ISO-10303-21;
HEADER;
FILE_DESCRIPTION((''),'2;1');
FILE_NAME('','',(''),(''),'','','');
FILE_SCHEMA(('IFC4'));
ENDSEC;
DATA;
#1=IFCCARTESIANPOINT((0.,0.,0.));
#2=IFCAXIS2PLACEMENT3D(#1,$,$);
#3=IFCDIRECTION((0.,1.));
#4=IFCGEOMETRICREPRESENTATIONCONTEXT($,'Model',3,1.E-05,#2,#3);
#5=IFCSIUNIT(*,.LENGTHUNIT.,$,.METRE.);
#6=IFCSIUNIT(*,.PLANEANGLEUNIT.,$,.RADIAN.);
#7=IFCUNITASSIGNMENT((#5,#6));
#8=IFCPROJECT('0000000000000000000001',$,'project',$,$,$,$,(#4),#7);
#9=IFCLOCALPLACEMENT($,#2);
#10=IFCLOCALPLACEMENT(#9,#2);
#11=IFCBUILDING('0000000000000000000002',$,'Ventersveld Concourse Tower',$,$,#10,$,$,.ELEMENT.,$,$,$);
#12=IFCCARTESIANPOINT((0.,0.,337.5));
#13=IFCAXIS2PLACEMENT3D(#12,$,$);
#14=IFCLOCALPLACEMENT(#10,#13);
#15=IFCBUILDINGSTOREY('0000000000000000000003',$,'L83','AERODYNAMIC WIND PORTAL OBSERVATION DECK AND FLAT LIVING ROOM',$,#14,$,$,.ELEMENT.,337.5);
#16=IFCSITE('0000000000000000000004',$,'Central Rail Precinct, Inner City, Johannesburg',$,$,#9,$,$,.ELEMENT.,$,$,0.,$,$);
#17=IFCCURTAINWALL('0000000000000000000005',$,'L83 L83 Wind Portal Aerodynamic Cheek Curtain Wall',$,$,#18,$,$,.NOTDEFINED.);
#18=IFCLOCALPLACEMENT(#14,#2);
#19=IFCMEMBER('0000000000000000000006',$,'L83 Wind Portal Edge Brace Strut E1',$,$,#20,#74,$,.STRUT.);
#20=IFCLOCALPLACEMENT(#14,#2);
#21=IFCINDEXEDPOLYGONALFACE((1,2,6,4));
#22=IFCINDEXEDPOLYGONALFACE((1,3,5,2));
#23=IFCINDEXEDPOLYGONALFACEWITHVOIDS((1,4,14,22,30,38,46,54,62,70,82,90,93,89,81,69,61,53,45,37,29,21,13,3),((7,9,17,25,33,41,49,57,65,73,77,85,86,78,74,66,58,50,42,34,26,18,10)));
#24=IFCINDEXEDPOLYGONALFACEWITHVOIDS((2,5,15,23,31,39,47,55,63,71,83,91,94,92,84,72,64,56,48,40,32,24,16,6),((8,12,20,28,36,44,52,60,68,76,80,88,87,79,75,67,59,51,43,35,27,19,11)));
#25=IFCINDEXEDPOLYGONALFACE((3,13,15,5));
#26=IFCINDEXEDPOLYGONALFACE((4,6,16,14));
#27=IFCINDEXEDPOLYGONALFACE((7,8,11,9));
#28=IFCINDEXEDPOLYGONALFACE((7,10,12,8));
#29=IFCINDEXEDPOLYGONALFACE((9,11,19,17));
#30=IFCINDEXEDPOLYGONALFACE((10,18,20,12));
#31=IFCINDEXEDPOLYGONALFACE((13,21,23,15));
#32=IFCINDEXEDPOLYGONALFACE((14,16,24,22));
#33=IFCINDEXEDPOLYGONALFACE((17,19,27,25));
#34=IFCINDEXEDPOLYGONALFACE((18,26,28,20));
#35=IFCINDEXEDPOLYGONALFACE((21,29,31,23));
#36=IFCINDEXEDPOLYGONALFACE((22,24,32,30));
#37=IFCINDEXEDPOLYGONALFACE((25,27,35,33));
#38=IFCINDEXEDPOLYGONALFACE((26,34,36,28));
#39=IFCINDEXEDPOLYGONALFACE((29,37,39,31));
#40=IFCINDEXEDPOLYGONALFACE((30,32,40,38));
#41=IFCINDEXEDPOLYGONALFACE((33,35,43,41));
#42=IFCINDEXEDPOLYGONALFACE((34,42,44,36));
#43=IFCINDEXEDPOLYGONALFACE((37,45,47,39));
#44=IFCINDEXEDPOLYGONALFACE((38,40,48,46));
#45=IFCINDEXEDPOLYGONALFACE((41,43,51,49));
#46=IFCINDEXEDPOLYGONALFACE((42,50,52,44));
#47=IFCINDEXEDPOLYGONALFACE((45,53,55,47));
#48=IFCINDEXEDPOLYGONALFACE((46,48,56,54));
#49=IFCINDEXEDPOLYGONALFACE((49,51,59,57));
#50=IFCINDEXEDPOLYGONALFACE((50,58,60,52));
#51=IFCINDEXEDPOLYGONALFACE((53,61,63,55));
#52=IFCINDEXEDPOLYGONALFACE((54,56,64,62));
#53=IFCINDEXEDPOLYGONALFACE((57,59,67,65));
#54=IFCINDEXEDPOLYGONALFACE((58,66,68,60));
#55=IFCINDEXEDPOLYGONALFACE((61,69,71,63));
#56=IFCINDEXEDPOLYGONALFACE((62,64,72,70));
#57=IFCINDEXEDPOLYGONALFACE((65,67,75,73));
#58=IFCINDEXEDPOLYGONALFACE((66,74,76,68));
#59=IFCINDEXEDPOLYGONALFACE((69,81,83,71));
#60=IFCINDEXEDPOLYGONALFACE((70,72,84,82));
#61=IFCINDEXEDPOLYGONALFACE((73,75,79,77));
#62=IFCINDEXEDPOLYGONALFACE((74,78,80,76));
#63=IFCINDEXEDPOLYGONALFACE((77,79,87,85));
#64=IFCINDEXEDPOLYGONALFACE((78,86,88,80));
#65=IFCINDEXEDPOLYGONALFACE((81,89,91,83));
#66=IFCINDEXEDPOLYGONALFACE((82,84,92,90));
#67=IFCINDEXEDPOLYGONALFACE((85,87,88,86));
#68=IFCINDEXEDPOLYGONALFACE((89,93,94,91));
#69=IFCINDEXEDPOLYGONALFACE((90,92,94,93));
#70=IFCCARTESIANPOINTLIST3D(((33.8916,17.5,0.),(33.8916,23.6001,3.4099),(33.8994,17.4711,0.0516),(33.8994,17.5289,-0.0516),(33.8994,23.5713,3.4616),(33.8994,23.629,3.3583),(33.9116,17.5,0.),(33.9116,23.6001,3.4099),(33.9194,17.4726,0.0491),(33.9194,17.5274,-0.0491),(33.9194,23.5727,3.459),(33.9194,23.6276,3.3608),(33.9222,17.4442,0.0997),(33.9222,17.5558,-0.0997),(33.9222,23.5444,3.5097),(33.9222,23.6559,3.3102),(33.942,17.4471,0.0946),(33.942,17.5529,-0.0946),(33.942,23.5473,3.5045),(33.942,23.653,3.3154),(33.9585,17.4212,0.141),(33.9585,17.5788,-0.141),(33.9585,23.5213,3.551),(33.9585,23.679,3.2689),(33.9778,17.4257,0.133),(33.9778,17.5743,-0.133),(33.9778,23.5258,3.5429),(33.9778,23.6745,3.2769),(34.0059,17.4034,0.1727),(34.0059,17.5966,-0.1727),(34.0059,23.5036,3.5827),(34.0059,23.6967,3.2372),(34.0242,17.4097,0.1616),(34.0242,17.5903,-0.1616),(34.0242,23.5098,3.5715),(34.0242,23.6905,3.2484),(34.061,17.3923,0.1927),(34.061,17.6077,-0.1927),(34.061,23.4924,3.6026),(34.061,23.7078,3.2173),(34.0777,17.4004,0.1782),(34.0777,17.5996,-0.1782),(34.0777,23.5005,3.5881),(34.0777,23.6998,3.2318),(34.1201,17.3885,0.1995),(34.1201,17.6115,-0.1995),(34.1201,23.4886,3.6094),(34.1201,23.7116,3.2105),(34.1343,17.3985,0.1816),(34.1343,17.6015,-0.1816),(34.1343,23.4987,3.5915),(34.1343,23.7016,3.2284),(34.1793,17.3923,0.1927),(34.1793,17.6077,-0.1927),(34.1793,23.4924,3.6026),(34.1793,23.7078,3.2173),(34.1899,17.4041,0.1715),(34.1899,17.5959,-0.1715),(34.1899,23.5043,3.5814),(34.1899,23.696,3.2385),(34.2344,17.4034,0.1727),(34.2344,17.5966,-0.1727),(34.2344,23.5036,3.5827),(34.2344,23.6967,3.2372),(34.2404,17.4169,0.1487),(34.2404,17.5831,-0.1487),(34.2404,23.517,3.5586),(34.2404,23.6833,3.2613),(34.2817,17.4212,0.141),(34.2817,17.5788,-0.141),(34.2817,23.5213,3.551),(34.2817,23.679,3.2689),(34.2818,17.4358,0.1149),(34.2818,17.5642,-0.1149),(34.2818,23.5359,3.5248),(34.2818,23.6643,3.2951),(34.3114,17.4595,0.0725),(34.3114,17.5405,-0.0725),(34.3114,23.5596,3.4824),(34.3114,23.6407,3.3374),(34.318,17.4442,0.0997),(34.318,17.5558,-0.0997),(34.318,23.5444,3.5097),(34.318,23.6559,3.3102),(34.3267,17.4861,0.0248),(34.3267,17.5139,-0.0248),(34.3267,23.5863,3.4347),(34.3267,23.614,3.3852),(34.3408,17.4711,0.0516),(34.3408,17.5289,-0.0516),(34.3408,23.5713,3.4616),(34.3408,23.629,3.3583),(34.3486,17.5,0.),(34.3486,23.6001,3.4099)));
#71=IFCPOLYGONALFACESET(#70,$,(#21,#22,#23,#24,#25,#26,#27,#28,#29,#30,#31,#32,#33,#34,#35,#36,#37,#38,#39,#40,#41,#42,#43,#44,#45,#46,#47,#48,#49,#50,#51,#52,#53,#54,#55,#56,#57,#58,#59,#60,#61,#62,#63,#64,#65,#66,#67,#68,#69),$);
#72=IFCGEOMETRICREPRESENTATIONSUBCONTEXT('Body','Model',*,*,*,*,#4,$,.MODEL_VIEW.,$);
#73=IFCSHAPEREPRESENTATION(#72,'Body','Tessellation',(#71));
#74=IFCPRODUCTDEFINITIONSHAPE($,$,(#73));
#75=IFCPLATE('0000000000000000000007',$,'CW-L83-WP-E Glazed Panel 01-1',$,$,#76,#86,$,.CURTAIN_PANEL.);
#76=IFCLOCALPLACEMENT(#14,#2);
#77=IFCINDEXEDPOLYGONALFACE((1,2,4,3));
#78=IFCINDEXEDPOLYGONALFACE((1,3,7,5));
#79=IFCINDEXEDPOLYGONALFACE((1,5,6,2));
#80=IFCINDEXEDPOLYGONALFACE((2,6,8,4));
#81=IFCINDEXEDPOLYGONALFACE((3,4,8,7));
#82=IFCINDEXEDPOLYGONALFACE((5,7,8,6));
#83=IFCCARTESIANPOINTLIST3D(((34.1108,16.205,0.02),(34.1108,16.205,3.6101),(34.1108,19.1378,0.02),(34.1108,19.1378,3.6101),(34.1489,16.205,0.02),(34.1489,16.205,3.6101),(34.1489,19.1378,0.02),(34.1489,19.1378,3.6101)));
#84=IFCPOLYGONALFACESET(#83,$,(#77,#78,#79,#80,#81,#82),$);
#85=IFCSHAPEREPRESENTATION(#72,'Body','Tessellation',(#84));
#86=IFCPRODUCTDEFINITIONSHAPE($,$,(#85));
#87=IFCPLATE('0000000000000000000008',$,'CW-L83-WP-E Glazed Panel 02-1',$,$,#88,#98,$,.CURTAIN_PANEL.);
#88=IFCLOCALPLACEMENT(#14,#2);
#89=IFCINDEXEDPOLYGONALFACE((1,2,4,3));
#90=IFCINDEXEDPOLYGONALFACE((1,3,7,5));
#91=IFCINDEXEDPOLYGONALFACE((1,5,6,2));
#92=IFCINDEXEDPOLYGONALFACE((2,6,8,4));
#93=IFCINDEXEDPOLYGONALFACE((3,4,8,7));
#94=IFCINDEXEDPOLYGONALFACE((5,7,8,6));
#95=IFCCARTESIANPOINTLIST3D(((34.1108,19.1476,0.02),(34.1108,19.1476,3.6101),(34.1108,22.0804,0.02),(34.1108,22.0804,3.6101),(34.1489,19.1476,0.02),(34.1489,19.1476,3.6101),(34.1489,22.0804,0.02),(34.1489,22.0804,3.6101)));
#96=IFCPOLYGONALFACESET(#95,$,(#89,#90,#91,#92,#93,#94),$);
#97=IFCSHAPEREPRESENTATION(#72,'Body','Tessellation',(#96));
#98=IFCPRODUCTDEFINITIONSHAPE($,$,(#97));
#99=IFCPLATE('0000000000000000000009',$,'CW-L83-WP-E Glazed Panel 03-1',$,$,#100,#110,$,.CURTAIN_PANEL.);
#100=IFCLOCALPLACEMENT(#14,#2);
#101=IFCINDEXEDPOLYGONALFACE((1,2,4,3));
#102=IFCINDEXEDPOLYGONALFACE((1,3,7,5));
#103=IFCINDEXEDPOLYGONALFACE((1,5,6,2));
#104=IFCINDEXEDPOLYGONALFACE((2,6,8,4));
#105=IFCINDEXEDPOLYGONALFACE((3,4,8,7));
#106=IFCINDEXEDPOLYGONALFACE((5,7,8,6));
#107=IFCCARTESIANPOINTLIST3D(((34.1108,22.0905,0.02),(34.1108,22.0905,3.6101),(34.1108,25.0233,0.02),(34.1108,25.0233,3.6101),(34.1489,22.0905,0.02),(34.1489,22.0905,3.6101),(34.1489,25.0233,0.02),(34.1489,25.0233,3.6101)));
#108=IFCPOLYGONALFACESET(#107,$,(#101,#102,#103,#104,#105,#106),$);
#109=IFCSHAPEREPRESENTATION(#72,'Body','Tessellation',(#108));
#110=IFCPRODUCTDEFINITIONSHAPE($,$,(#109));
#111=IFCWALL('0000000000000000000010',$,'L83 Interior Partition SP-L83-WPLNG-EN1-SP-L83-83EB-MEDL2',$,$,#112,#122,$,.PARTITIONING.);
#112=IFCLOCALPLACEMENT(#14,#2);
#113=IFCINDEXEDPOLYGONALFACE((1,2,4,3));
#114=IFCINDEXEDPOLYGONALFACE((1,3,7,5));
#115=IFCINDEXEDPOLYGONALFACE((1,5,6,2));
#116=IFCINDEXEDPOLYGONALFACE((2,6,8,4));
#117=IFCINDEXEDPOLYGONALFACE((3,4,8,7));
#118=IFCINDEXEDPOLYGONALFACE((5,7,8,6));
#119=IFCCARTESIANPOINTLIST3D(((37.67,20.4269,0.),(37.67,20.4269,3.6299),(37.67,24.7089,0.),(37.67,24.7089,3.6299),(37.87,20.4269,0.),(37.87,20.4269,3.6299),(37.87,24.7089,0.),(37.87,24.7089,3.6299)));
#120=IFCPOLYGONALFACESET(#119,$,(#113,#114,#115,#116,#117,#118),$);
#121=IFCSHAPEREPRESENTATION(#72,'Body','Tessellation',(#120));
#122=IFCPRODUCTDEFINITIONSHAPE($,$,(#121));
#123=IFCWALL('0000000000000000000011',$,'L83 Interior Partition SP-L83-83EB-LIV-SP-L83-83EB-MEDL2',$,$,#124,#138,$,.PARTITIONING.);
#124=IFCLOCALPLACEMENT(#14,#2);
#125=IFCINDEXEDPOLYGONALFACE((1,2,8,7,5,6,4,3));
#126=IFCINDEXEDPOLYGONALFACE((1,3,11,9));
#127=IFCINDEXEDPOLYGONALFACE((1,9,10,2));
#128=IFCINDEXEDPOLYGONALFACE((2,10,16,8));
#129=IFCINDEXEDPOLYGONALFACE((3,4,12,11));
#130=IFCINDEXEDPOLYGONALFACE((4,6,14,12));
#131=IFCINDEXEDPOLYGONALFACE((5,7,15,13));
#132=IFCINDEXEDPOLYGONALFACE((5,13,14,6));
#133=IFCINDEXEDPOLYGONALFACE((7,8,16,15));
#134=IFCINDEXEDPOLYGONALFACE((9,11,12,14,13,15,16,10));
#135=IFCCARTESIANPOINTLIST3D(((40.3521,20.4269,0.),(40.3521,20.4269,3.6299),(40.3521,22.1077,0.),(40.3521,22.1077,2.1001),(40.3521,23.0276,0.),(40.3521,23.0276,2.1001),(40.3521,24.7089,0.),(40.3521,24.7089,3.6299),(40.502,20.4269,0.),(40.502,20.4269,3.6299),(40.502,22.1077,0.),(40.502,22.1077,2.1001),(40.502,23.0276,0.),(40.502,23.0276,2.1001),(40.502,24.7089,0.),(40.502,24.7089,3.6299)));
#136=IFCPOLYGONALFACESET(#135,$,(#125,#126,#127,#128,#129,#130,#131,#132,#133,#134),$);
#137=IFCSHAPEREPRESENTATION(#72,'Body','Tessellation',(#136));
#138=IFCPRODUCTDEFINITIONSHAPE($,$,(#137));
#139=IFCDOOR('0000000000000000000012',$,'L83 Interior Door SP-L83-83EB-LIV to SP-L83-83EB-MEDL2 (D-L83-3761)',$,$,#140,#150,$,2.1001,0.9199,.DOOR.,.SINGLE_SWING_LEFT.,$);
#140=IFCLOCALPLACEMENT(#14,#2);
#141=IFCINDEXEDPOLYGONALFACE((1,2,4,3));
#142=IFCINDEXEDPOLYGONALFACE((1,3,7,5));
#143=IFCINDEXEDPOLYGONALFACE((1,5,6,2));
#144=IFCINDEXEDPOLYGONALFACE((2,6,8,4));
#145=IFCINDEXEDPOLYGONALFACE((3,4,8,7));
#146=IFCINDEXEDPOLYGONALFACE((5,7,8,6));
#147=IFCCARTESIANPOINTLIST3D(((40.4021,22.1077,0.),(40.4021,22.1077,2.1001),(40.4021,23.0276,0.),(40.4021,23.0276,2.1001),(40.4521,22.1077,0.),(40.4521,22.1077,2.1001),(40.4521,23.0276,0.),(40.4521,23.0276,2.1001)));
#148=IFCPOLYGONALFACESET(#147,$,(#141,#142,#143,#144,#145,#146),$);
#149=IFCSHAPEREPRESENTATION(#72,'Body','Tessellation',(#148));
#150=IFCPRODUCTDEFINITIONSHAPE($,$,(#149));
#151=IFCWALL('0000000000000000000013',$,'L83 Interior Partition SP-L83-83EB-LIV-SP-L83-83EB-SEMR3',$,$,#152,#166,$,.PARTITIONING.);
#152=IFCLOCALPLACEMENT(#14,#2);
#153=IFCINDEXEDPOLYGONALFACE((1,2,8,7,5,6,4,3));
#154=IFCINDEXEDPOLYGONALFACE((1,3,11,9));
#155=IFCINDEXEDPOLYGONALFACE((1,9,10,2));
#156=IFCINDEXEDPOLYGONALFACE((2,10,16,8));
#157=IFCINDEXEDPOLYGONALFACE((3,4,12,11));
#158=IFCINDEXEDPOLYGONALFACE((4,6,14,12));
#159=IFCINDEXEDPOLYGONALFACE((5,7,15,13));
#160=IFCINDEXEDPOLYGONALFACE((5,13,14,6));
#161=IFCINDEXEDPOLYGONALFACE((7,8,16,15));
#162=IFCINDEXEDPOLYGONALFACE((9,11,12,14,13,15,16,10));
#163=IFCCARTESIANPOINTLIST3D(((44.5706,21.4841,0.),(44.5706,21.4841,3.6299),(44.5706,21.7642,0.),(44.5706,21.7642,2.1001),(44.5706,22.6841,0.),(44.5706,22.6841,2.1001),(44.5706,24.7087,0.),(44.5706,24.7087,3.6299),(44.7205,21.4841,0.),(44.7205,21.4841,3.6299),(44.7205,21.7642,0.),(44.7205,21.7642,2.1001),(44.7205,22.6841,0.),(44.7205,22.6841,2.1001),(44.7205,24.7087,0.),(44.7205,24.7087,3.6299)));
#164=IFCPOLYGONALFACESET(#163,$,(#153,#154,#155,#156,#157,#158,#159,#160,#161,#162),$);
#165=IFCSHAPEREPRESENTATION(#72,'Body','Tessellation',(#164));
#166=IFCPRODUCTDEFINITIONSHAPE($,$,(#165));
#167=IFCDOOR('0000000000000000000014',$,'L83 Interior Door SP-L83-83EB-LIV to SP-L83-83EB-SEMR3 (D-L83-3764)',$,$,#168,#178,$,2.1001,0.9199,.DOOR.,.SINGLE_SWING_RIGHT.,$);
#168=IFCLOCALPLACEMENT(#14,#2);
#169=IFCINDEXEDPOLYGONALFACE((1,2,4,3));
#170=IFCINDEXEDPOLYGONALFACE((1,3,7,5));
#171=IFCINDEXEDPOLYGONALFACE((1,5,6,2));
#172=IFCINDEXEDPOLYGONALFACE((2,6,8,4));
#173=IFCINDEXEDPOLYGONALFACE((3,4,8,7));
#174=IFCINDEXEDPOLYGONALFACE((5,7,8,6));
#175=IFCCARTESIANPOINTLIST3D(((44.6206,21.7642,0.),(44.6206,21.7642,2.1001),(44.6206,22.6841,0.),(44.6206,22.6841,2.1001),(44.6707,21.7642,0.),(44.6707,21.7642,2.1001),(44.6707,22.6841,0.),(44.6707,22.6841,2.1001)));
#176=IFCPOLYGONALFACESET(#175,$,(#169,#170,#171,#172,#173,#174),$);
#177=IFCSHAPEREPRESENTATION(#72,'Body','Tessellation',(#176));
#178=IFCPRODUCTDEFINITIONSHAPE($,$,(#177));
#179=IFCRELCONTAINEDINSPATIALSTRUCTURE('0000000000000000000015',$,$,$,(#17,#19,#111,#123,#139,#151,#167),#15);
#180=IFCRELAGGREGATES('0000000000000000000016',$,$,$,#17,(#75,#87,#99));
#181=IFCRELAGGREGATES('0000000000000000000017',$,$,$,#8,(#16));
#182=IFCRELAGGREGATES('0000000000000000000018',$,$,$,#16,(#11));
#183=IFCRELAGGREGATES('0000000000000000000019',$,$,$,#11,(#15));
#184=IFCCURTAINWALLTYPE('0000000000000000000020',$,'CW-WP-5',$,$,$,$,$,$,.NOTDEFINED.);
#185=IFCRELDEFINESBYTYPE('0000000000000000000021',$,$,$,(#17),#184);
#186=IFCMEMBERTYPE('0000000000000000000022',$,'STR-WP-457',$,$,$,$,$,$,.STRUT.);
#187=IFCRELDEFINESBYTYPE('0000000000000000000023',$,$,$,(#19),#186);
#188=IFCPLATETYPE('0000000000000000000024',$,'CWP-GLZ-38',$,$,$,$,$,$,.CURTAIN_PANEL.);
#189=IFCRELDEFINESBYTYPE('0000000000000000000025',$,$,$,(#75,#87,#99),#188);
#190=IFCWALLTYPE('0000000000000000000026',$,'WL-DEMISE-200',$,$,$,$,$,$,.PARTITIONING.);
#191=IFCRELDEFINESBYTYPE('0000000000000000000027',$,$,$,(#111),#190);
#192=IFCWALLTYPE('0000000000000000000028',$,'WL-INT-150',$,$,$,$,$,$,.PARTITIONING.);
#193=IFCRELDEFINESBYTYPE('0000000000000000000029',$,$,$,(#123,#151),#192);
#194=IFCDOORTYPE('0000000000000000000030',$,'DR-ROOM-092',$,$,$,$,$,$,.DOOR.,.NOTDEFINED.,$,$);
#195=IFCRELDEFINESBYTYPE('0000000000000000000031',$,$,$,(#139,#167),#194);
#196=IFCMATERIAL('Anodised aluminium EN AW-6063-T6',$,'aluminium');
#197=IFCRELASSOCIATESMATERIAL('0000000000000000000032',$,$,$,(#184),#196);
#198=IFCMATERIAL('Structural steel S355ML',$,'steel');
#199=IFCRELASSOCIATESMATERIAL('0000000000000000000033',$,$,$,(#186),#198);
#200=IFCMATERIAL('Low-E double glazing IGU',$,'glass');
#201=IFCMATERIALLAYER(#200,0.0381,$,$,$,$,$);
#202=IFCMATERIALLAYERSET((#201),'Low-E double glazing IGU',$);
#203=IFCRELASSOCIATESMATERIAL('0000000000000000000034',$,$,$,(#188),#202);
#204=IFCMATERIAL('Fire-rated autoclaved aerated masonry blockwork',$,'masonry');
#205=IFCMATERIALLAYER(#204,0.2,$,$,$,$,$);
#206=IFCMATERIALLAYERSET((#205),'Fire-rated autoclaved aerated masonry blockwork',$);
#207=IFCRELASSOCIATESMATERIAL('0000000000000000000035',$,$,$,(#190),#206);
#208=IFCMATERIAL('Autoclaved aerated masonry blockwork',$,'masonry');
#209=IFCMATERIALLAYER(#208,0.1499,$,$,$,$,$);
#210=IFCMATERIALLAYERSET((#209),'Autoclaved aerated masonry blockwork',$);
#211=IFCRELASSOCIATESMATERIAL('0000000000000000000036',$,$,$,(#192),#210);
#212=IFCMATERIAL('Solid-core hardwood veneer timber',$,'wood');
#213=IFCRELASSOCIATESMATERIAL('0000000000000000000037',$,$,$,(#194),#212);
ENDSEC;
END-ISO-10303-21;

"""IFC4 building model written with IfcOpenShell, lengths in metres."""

from ifc_helpers import new_model, si_unit, direction, frame, frame_2d, origin, origin_2d, place, context, subcontext, project, spatial, rectangle, hollow_circle, extrude, material, layer, layer_set, material_profile, profile_set, type_object, element, fill, aggregate, save


model = new_model("IFC4")

# Units and contexts
model_context = context("Model", 3, precision=1e-05, world=origin(), true_north=direction((0.0, 1.0)))
body_context = subcontext(model_context, "Body", "Model", "MODEL_VIEW")
ifc_project = project(units=[si_unit("LENGTHUNIT", "METRE"), si_unit("PLANEANGLEUNIT", "RADIAN")], contexts=[model_context])

# Site, building, storey
site_placement = place(None, origin())
site = spatial("IfcSite", under=ifc_project, at=site_placement, Name="Central Rail Precinct, Inner City, Johannesburg", CompositionType="ELEMENT", RefElevation=0.0)
building_placement = place(site_placement, origin())
building = spatial("IfcBuilding", under=site, at=building_placement, Name="Ventersveld Concourse Tower", CompositionType="ELEMENT")
storey_placement = place(building_placement, frame((0.0, 0.0, 337.5)))
storey = spatial("IfcBuildingStorey", under=building, at=storey_placement, Name="L83", Description="AERODYNAMIC WIND PORTAL OBSERVATION DECK AND FLAT LIVING ROOM", CompositionType="ELEMENT", Elevation=337.5)

# Curtain wall
ifc_material_1 = material(Name="Anodised aluminium EN AW-6063-T6", Category="aluminium")
curtain_wall_type = type_object("IfcCurtainWallType", Name="CW-WP-5", PredefinedType="NOTDEFINED", material=ifc_material_1)
curtain_wall_placement = place(storey_placement, origin())
curtain_wall = element("IfcCurtainWall", 1, at=curtain_wall_placement, inside=storey, type_object=curtain_wall_type, Name="L83 L83 Wind Portal Aerodynamic Cheek Curtain Wall", PredefinedType="NOTDEFINED")

# Member
ifc_material_2 = material(Name="Structural steel S355ML", Category="steel")
ifc_material_profile_1 = material_profile(ifc_material_2, hollow_circle(Radius=0.2285, WallThickness=0.02, at=origin_2d()), Name="CHS 457x20")
ifc_profile_set_1 = profile_set([ifc_material_profile_1], Name="Structural steel S355ML")
member_type_1 = type_object("IfcMemberType", Name="STR-WP-457", PredefinedType="STRUT", material=ifc_profile_set_1)
member_1_placement = place(storey_placement, frame((34.1201, 17.5, 0.0), z_axis=(0.0, 0.87288, 0.487934), x_axis=(-1.0, 0.0, 0.0)))
element("IfcMember", 2, at=member_1_placement, inside=storey, type_object=member_type_1, Name="L83 Wind Portal Edge Brace Strut E1", PredefinedType="STRUT", context=body_context, shape_type="SweptSolid", body=[
    extrude(hollow_circle(Radius=0.2285, WallThickness=0.02, at=origin_2d()), origin(), (0.0, 0.0, 1.0), 6.9885),
])

# Plates
ifc_material_3 = material(Name="Low-E double glazing IGU", Category="glass")
ifc_layer_1 = layer(ifc_material_3, 0.0381)
ifc_layer_set_1 = layer_set([ifc_layer_1], Name="Low-E double glazing IGU")
plate_type = type_object("IfcPlateType", Name="CWP-GLZ-38", PredefinedType="CURTAIN_PANEL", material=ifc_layer_set_1)
plate_1_placement = place(storey_placement, frame((34.1299, 17.6714, 0.02), z_axis=(0.0, 0.0, 1.0), x_axis=(0.0, 1.0, 0.0)))
plate_1 = element("IfcPlate", 3, at=plate_1_placement, type_object=plate_type, Name="CW-L83-WP-E Glazed Panel 01-1", PredefinedType="CURTAIN_PANEL", context=body_context, shape_type="SweptSolid", body=[
    extrude(rectangle(XDim=2.9329, YDim=0.0381, at=origin_2d()), origin(), (0.0, 0.0, 1.0), 3.5901),
])
plate_2_placement = place(storey_placement, frame((34.1299, 20.614, 0.02), z_axis=(0.0, 0.0, 1.0), x_axis=(0.0, 1.0, 0.0)))
plate_2 = element("IfcPlate", 4, at=plate_2_placement, type_object=plate_type, Name="CW-L83-WP-E Glazed Panel 02-1", PredefinedType="CURTAIN_PANEL", context=body_context, shape_type="SweptSolid", body=[
    extrude(rectangle(XDim=2.9329, YDim=0.0381, at=origin_2d()), origin(), (0.0, 0.0, 1.0), 3.5901),
])
plate_3_placement = place(storey_placement, frame((34.1299, 23.5569, 0.02), z_axis=(0.0, 0.0, 1.0), x_axis=(0.0, 1.0, 0.0)))
plate_3 = element("IfcPlate", 5, at=plate_3_placement, type_object=plate_type, Name="CW-L83-WP-E Glazed Panel 03-1", PredefinedType="CURTAIN_PANEL", context=body_context, shape_type="SweptSolid", body=[
    extrude(rectangle(XDim=2.9329, YDim=0.0381, at=origin_2d()), origin(), (0.0, 0.0, 1.0), 3.5901),
])
aggregate(curtain_wall, [plate_1, plate_2, plate_3])

# Wall
ifc_material_4 = material(Name="Fire-rated autoclaved aerated masonry blockwork", Category="masonry")
ifc_layer_2 = layer(ifc_material_4, 0.2)
ifc_layer_set_2 = layer_set([ifc_layer_2], Name="Fire-rated autoclaved aerated masonry blockwork")
wall_type_1 = type_object("IfcWallType", Name="WL-DEMISE-200", PredefinedType="PARTITIONING", material=ifc_layer_set_2)
wall_1_placement = place(storey_placement, frame((37.77, 20.4268, 0.0), z_axis=(0.0, 0.0, 1.0), x_axis=(0.0, 1.0, 0.0)))
element("IfcWall", 6, at=wall_1_placement, inside=storey, type_object=wall_type_1, Name="L83 Interior Partition SP-L83-WPLNG-EN1-SP-L83-83EB-MEDL2", PredefinedType="PARTITIONING", context=body_context, shape_type="SweptSolid", body=[
    extrude(rectangle(XDim=4.282, YDim=0.2, at=frame_2d((2.1411, 0.0))), origin(), (0.0, 0.0, 1.0), 3.6299),
])

# Walls, openings, doors
ifc_material_5 = material(Name="Autoclaved aerated masonry blockwork", Category="masonry")
ifc_layer_3 = layer(ifc_material_5, 0.1499)
ifc_layer_set_3 = layer_set([ifc_layer_3], Name="Autoclaved aerated masonry blockwork")
wall_type_2 = type_object("IfcWallType", Name="WL-INT-150", PredefinedType="PARTITIONING", material=ifc_layer_set_3)
wall_2_placement = place(storey_placement, frame((40.427, 20.4268, 0.0), z_axis=(0.0, 0.0, 1.0), x_axis=(0.0, 1.0, 0.0)))
wall_2 = element("IfcWall", 7, at=wall_2_placement, inside=storey, type_object=wall_type_2, Name="L83 Interior Partition SP-L83-83EB-LIV-SP-L83-83EB-MEDL2", PredefinedType="PARTITIONING", context=body_context, shape_type="SweptSolid", body=[
    extrude(rectangle(XDim=4.282, YDim=0.1499, at=frame_2d((2.1411, 0.0))), origin(), (0.0, 0.0, 1.0), 3.6299),
])
opening_1_placement = place(wall_2_placement, frame((1.6809, 0.0, 0.0)))
opening_1 = element("IfcOpeningElement", 8, at=opening_1_placement, cuts=wall_2, PredefinedType="OPENING", context=body_context, shape_type="SweptSolid", body=[
    extrude(rectangle(XDim=0.9199, YDim=2.1001, at=frame_2d((0.46, 1.05))), frame((0.0, 0.085, 0.0), z_axis=(0.0, -1.0, 0.0), x_axis=(1.0, 0.0, 0.0)), (0.0, 0.0, 1.0), 0.1699),
])
ifc_material_6 = material(Name="Solid-core hardwood veneer timber", Category="wood")
door_type = type_object("IfcDoorType", Name="DR-ROOM-092", OperationType="NOTDEFINED", PredefinedType="DOOR", material=ifc_material_6)
door_1_placement = place(opening_1_placement, origin())
door_1 = element("IfcDoor", 9, at=door_1_placement, inside=storey, type_object=door_type, Name="L83 Interior Door SP-L83-83EB-LIV to SP-L83-83EB-MEDL2 (D-L83-3761)", OperationType="SINGLE_SWING_LEFT", OverallHeight=2.1001, OverallWidth=0.9199, PredefinedType="DOOR", context=body_context, shape_type="SweptSolid", body=[
    extrude(rectangle(XDim=0.9199, YDim=2.1001, at=frame_2d((0.46, 1.05))), frame((0.0, 0.0249, 0.0), z_axis=(0.0, -1.0, 0.0), x_axis=(1.0, 0.0, 0.0)), (0.0, 0.0, 1.0), 0.05),
])
fill(opening_1, door_1)
wall_3_placement = place(storey_placement, frame((44.6455, 21.4841, 0.0), z_axis=(0.0, 0.0, 1.0), x_axis=(0.0, 1.0, 0.0)))
wall_3 = element("IfcWall", 10, at=wall_3_placement, inside=storey, type_object=wall_type_2, Name="L83 Interior Partition SP-L83-83EB-LIV-SP-L83-83EB-SEMR3", PredefinedType="PARTITIONING", context=body_context, shape_type="SweptSolid", body=[
    extrude(rectangle(XDim=3.2246, YDim=0.1499, at=frame_2d((1.6123, 0.0))), origin(), (0.0, 0.0, 1.0), 3.6299),
])
opening_2_placement = place(wall_3_placement, frame((0.28, 0.0, 0.0)))
opening_2 = element("IfcOpeningElement", 11, at=opening_2_placement, cuts=wall_3, PredefinedType="OPENING", context=body_context, shape_type="SweptSolid", body=[
    extrude(rectangle(XDim=0.9199, YDim=2.1001, at=frame_2d((0.46, 1.05))), frame((0.0, 0.085, 0.0), z_axis=(0.0, -1.0, 0.0), x_axis=(1.0, 0.0, 0.0)), (0.0, 0.0, 1.0), 0.1699),
])
door_2_placement = place(opening_2_placement, origin())
door_2 = element("IfcDoor", 12, at=door_2_placement, inside=storey, type_object=door_type, Name="L83 Interior Door SP-L83-83EB-LIV to SP-L83-83EB-SEMR3 (D-L83-3764)", OperationType="SINGLE_SWING_RIGHT", OverallHeight=2.1001, OverallWidth=0.9199, PredefinedType="DOOR", context=body_context, shape_type="SweptSolid", body=[
    extrude(rectangle(XDim=0.9199, YDim=2.1001, at=frame_2d((0.46, 1.05))), frame((0.0, 0.0249, 0.0), z_axis=(0.0, -1.0, 0.0), x_axis=(1.0, 0.0, 0.0)), (0.0, 0.0, 1.0), 0.05),
])
fill(opening_2, door_2)

save(model, "model.ifc")
